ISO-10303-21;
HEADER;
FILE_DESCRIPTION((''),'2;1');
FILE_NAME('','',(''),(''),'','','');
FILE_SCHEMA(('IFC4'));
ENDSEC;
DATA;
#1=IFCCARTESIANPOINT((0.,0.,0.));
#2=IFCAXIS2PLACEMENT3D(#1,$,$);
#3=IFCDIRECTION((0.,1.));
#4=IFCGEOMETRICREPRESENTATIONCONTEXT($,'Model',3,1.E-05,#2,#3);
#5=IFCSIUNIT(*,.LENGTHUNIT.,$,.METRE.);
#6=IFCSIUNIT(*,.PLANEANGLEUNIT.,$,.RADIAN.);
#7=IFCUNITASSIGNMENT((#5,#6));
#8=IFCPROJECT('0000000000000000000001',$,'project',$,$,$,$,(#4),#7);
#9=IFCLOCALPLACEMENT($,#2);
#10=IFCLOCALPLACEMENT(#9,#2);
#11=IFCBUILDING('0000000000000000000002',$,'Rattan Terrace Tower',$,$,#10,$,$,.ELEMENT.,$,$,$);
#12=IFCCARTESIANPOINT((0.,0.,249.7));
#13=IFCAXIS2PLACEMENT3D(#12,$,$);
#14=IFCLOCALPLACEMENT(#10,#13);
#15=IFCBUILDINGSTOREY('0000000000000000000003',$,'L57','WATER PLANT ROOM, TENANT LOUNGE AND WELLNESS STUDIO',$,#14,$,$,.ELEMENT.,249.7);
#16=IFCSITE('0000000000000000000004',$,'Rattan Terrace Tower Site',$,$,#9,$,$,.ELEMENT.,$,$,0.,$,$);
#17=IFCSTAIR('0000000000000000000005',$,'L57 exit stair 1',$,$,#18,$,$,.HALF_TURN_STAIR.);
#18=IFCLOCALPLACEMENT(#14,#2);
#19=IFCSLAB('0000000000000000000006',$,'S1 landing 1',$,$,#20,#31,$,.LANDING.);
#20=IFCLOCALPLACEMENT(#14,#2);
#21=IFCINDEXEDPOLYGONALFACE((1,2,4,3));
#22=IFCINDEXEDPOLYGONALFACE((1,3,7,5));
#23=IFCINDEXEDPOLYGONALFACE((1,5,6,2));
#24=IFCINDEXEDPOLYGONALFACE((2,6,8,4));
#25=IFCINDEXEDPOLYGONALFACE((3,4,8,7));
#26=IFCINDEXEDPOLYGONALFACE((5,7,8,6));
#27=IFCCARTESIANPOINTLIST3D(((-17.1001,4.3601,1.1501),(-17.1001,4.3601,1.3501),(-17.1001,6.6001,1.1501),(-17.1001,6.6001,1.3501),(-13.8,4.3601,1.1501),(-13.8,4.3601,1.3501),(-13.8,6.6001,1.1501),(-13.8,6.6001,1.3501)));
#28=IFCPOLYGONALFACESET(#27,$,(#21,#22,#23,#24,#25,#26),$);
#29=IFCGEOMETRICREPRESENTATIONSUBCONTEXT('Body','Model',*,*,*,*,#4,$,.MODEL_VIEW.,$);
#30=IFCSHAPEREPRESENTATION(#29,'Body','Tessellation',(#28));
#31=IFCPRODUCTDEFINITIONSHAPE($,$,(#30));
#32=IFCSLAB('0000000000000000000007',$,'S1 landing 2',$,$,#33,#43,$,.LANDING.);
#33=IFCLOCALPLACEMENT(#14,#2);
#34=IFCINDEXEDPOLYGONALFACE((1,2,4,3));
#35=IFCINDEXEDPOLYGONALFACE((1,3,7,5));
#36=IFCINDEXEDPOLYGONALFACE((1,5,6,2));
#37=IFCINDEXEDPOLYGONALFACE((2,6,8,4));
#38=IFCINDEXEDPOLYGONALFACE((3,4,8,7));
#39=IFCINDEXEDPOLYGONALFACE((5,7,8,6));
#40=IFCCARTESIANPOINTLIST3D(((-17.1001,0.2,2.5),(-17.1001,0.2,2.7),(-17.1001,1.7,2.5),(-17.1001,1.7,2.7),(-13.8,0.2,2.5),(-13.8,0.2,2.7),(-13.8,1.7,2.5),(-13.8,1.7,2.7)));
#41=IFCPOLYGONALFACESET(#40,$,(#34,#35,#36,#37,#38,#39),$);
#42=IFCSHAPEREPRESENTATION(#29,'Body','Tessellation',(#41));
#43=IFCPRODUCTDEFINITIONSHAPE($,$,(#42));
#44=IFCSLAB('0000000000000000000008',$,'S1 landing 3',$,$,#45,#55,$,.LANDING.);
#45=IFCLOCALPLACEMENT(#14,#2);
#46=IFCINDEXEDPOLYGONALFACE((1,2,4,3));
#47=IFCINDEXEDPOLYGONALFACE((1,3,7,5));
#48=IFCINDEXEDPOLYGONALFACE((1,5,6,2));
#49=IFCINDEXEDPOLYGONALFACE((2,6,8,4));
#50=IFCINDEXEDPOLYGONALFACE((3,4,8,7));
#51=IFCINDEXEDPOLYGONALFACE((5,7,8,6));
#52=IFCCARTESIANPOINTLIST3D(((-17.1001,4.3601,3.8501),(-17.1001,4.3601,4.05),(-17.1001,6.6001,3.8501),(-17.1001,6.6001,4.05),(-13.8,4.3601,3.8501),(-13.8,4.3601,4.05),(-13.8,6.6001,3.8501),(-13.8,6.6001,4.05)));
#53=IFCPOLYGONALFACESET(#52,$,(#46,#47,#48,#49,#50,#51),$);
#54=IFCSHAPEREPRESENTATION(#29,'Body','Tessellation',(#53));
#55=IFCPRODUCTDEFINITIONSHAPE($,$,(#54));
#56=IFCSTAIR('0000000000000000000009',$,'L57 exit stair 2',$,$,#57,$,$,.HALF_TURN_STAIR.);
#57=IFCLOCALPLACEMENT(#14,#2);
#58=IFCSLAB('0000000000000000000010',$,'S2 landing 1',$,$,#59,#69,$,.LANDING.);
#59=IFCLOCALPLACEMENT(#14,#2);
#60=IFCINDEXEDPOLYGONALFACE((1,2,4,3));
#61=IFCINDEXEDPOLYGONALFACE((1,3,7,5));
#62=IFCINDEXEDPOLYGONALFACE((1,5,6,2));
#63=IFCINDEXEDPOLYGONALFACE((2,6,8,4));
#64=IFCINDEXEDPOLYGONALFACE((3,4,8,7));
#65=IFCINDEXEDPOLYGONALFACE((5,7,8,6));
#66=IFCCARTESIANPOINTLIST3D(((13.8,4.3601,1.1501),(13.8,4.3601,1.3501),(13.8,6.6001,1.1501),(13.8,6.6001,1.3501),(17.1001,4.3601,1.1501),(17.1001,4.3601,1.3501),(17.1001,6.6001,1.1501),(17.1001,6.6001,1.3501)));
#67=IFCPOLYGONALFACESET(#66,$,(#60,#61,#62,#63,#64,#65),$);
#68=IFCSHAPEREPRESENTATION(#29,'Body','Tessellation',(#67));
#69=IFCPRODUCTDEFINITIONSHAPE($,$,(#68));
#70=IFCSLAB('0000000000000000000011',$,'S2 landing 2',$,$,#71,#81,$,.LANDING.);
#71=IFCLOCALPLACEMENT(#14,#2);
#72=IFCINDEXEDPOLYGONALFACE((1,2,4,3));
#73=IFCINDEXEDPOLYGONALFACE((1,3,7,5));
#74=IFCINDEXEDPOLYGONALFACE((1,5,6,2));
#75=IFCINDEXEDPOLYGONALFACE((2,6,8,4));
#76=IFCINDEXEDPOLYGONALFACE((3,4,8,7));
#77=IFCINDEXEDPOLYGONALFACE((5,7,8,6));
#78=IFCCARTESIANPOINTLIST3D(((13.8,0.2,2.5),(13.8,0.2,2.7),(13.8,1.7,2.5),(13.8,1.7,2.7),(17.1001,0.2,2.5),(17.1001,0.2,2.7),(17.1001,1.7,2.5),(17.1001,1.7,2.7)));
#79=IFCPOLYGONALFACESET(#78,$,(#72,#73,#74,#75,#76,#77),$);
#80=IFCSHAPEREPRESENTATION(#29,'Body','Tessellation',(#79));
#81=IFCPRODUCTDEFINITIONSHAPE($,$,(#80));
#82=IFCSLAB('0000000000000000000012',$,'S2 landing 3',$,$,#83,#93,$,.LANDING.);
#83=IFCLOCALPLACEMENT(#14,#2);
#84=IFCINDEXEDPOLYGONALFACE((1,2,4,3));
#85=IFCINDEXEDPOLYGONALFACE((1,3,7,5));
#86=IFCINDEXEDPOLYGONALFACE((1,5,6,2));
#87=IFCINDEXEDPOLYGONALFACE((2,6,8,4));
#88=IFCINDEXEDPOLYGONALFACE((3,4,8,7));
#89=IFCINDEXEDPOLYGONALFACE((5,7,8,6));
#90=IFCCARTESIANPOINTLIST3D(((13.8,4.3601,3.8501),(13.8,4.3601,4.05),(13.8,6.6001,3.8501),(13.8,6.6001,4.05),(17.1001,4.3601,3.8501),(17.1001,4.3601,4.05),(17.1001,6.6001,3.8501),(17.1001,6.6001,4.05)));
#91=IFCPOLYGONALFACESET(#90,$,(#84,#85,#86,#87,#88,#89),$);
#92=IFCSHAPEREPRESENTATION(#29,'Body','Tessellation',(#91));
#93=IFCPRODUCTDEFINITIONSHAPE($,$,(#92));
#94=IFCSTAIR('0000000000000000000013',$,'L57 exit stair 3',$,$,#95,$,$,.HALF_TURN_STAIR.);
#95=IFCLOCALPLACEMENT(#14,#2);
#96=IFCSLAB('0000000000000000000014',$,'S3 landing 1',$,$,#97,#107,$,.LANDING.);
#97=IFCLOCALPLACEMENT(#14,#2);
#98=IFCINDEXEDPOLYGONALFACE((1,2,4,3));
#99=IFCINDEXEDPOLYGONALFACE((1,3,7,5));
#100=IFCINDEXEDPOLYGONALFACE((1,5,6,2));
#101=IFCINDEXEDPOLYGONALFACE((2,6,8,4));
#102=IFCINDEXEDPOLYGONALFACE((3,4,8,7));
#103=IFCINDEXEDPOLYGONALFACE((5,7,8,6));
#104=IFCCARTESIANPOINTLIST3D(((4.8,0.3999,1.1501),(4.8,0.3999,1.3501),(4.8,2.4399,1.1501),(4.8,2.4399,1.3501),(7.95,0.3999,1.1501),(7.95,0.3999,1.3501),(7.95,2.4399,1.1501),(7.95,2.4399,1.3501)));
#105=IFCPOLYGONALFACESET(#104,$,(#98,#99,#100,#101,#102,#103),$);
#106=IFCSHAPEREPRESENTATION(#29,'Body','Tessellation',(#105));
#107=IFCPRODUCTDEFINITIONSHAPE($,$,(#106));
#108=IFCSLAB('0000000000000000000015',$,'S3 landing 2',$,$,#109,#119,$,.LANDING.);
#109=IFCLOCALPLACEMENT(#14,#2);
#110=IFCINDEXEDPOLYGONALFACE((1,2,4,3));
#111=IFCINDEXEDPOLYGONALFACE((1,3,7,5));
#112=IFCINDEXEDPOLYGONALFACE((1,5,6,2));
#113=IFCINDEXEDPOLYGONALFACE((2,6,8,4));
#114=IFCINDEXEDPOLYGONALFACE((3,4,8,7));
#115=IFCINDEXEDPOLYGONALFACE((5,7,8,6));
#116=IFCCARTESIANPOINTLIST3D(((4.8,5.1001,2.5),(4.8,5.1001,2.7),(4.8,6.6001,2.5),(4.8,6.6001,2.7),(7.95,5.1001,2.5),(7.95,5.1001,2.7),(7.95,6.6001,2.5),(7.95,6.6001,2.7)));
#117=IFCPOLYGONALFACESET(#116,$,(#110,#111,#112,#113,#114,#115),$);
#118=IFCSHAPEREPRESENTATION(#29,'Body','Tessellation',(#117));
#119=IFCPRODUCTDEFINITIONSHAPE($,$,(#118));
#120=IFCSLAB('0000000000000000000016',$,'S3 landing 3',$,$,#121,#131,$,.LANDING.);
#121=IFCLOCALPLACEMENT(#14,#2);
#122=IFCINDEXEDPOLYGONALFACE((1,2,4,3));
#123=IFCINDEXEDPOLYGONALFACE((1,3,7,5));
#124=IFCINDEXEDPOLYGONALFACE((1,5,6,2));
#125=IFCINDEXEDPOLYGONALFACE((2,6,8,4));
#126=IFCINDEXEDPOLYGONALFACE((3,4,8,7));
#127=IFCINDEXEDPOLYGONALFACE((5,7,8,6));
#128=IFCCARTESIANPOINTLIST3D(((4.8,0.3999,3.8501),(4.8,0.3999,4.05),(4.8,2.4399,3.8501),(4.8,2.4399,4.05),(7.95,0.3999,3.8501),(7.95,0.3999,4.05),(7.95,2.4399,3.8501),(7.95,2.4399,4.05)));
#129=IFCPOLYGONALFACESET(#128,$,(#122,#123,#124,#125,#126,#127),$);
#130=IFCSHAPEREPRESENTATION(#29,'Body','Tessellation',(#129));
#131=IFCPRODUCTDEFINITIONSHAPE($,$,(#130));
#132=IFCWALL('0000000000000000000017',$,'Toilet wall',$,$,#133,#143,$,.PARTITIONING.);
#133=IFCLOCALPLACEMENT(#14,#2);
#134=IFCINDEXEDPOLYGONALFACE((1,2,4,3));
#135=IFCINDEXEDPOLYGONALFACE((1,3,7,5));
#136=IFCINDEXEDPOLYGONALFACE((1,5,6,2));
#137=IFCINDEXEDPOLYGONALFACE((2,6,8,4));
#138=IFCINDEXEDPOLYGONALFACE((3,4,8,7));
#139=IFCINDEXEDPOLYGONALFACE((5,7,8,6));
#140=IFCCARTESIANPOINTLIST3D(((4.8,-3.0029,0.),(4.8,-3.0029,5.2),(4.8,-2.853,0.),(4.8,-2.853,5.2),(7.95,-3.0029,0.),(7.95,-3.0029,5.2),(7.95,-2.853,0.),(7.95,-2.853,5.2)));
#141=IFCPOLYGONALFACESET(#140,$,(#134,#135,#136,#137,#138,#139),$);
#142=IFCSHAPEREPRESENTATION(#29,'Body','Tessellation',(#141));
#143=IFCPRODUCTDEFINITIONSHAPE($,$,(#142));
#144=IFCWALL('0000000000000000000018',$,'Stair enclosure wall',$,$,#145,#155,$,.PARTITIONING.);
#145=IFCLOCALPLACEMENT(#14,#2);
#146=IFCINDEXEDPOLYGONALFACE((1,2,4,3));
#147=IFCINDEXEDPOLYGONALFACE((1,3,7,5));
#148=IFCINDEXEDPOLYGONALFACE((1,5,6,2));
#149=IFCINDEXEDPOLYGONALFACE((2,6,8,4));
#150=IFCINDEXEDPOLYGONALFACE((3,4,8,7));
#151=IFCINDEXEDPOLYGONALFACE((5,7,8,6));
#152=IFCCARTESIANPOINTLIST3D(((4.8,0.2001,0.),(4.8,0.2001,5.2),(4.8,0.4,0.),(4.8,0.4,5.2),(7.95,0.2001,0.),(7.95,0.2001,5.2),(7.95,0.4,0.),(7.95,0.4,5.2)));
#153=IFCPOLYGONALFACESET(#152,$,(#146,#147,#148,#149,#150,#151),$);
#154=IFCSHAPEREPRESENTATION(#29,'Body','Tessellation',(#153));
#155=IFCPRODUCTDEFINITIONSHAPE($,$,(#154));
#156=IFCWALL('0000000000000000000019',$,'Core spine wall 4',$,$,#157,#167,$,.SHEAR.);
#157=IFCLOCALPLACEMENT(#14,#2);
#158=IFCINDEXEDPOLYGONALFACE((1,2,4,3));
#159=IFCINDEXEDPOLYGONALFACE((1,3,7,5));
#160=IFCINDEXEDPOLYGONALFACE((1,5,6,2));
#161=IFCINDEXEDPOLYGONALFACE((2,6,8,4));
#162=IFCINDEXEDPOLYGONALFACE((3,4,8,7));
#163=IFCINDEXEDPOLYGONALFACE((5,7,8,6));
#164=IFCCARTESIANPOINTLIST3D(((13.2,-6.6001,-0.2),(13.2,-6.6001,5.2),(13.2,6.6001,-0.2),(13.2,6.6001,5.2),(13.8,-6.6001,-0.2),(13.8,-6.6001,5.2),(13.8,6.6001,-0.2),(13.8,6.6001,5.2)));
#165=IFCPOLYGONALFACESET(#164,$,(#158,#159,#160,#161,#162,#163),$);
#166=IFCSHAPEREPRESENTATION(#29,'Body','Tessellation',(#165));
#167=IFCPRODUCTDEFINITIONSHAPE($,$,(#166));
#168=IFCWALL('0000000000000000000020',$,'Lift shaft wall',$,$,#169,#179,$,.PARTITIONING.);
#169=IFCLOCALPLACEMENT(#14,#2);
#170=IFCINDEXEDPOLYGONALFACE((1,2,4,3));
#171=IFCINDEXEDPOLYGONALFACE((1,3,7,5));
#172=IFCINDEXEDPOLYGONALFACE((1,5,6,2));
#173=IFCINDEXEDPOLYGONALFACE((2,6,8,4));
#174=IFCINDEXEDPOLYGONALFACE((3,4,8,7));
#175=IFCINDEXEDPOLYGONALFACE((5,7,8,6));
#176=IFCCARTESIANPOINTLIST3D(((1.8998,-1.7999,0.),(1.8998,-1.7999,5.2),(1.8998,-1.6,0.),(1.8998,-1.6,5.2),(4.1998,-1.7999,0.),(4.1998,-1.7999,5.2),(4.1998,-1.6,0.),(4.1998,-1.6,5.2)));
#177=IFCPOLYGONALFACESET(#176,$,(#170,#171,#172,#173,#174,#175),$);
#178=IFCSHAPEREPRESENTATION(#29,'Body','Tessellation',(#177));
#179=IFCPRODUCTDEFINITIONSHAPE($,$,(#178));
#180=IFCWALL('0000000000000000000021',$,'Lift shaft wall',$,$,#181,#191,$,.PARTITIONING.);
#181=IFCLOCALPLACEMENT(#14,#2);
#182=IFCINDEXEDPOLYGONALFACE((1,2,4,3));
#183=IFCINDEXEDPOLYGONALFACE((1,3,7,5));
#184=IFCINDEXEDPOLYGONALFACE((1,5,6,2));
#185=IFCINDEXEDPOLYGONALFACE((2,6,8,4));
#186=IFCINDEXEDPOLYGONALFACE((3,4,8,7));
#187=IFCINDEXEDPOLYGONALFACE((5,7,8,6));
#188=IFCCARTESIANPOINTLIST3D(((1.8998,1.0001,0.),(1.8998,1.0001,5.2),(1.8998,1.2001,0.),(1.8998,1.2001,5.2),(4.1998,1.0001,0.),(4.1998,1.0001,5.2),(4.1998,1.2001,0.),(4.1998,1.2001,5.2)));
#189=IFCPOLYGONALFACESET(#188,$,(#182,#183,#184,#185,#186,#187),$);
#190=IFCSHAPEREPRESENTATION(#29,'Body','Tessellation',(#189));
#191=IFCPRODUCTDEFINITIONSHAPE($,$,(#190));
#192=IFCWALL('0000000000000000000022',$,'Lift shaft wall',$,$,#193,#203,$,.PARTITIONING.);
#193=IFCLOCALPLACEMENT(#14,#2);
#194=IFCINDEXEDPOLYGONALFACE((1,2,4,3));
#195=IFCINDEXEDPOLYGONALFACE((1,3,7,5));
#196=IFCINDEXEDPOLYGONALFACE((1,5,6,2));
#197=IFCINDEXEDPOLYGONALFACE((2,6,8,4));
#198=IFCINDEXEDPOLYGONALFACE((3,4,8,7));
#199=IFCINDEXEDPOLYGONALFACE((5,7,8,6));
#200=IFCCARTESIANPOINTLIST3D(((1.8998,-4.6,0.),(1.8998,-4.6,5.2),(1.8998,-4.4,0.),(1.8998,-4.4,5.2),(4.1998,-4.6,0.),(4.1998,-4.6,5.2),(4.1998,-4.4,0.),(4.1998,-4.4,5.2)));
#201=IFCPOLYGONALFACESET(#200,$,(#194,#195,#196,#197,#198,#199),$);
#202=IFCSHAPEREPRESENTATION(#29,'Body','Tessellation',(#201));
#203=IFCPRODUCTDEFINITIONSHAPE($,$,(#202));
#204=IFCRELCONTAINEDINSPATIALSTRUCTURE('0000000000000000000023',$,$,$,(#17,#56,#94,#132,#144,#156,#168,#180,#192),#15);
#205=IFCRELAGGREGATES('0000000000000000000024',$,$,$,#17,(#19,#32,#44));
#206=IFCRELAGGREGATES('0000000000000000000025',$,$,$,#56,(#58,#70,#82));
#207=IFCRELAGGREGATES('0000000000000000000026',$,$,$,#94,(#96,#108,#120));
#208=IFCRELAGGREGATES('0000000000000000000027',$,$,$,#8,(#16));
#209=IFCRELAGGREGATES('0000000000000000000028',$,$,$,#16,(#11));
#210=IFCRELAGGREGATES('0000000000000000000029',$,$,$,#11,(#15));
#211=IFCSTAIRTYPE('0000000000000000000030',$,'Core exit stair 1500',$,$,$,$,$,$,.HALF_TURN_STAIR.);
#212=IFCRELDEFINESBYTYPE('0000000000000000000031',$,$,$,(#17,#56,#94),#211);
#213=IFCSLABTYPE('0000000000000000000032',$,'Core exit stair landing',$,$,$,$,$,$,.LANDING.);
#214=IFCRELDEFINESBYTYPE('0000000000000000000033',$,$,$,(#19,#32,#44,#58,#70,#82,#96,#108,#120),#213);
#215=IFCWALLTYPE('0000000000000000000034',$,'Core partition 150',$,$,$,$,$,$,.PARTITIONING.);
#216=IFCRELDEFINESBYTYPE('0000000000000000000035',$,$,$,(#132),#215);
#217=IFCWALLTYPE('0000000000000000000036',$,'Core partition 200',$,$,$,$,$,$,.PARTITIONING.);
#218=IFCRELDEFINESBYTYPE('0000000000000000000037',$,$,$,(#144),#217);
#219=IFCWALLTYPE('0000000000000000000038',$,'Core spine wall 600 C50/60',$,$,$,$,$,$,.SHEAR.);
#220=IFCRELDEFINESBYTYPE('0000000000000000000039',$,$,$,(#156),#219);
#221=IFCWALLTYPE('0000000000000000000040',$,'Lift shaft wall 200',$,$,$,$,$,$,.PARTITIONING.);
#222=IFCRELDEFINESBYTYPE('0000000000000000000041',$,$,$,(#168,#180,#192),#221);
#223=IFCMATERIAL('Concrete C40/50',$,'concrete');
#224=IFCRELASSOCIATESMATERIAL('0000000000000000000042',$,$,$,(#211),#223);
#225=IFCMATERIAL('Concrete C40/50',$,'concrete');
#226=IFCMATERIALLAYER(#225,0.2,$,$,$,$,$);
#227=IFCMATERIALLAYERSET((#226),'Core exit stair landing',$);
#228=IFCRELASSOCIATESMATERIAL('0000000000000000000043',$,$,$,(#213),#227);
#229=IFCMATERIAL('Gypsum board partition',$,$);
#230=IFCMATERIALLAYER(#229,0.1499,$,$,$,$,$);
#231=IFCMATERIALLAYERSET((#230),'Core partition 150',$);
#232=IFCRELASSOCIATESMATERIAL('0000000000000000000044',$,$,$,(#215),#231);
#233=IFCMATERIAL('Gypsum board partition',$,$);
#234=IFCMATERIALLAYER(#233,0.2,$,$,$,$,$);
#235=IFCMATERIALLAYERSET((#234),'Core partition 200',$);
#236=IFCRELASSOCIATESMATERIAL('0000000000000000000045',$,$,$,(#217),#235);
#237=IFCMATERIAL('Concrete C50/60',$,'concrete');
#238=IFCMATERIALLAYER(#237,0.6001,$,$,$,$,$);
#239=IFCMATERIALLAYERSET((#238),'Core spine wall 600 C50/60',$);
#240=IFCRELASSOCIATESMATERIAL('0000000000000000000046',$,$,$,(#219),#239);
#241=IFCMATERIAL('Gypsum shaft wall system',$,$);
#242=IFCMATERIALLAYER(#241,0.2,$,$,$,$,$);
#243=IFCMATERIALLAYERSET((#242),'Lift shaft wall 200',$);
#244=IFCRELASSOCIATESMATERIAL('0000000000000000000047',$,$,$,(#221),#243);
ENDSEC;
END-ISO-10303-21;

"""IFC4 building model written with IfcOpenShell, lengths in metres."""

from ifc_helpers import new_model, si_unit, direction, frame, frame_2d, origin, place, context, subcontext, project, spatial, polyline, rectangle, outline, extrude, material, layer, layer_set, type_object, element, aggregate, save


model = new_model("IFC4")

# Units and contexts
model_context = context("Model", 3, precision=1e-05, world=origin(), true_north=direction((0.0, 1.0)))
body_context = subcontext(model_context, "Body", "Model", "MODEL_VIEW")
ifc_project = project(units=[si_unit("LENGTHUNIT", "METRE"), si_unit("PLANEANGLEUNIT", "RADIAN")], contexts=[model_context])

# Site, building, storey
site_placement = place(None, origin())
site = spatial("IfcSite", under=ifc_project, at=site_placement, Name="Rattan Terrace Tower Site", CompositionType="ELEMENT", RefElevation=0.0)
building_placement = place(site_placement, origin())
building = spatial("IfcBuilding", under=site, at=building_placement, Name="Rattan Terrace Tower", CompositionType="ELEMENT")
storey_placement = place(building_placement, frame((0.0, 0.0, 249.7)))
storey = spatial("IfcBuildingStorey", under=building, at=storey_placement, Name="L57", Description="WATER PLANT ROOM, TENANT LOUNGE AND WELLNESS STUDIO", CompositionType="ELEMENT", Elevation=249.7)

# Stairs, slabs
ifc_material_1 = material(Name="Concrete C40/50", Category="concrete")
stair_type = type_object("IfcStairType", Name="Core exit stair 1500", PredefinedType="HALF_TURN_STAIR", material=ifc_material_1)
stair_1_placement = place(storey_placement, origin())
stair_1 = element("IfcStair", 1, at=stair_1_placement, inside=storey, type_object=stair_type, Name="L57 exit stair 1", PredefinedType="HALF_TURN_STAIR")
ifc_material_2 = material(Name="Concrete C40/50", Category="concrete")
ifc_layer_1 = layer(ifc_material_2, 0.2)
ifc_layer_set_1 = layer_set([ifc_layer_1], Name="Core exit stair landing")
slab_type = type_object("IfcSlabType", Name="Core exit stair landing", PredefinedType="LANDING", material=ifc_layer_set_1)
slab_1_placement = place(storey_placement, frame((0.0, 0.0, 1.1501)))
slab_1 = element("IfcSlab", 2, at=slab_1_placement, type_object=slab_type, Name="S1 landing 1", PredefinedType="LANDING", context=body_context, shape_type="SweptSolid", body=[
    extrude(outline(polyline([(-13.8, 4.3601), (-13.8, 6.6001), (-17.1001, 6.6001), (-17.1001, 4.3601), (-13.8, 4.3601)])), origin(), (0.0, 0.0, 1.0), 0.2),
])
slab_2_placement = place(storey_placement, frame((0.0, 0.0, 2.5)))
slab_2 = element("IfcSlab", 3, at=slab_2_placement, type_object=slab_type, Name="S1 landing 2", PredefinedType="LANDING", context=body_context, shape_type="SweptSolid", body=[
    extrude(outline(polyline([(-13.8, 0.2), (-13.8, 1.7), (-17.1001, 1.7), (-17.1001, 0.2), (-13.8, 0.2)])), origin(), (0.0, 0.0, 1.0), 0.2),
])
slab_3_placement = place(storey_placement, frame((0.0, 0.0, 3.8501)))
slab_3 = element("IfcSlab", 4, at=slab_3_placement, type_object=slab_type, Name="S1 landing 3", PredefinedType="LANDING", context=body_context, shape_type="SweptSolid", body=[
    extrude(outline(polyline([(-13.8, 4.3601), (-13.8, 6.6001), (-17.1001, 6.6001), (-17.1001, 4.3601), (-13.8, 4.3601)])), origin(), (0.0, 0.0, 1.0), 0.2),
])
aggregate(stair_1, [slab_1, slab_2, slab_3])
stair_2_placement = place(storey_placement, origin())
stair_2 = element("IfcStair", 5, at=stair_2_placement, inside=storey, type_object=stair_type, Name="L57 exit stair 2", PredefinedType="HALF_TURN_STAIR")
slab_4_placement = place(storey_placement, frame((0.0, 0.0, 1.1501)))
slab_4 = element("IfcSlab", 6, at=slab_4_placement, type_object=slab_type, Name="S2 landing 1", PredefinedType="LANDING", context=body_context, shape_type="SweptSolid", body=[
    extrude(outline(polyline([(17.1001, 4.3601), (17.1001, 6.6001), (13.8, 6.6001), (13.8, 4.3601), (17.1001, 4.3601)])), origin(), (0.0, 0.0, 1.0), 0.2),
])
slab_5_placement = place(storey_placement, frame((0.0, 0.0, 2.5)))
slab_5 = element("IfcSlab", 7, at=slab_5_placement, type_object=slab_type, Name="S2 landing 2", PredefinedType="LANDING", context=body_context, shape_type="SweptSolid", body=[
    extrude(outline(polyline([(17.1001, 0.2), (17.1001, 1.7), (13.8, 1.7), (13.8, 0.2), (17.1001, 0.2)])), origin(), (0.0, 0.0, 1.0), 0.2),
])
slab_6_placement = place(storey_placement, frame((0.0, 0.0, 3.8501)))
slab_6 = element("IfcSlab", 8, at=slab_6_placement, type_object=slab_type, Name="S2 landing 3", PredefinedType="LANDING", context=body_context, shape_type="SweptSolid", body=[
    extrude(outline(polyline([(17.1001, 4.3601), (17.1001, 6.6001), (13.8, 6.6001), (13.8, 4.3601), (17.1001, 4.3601)])), origin(), (0.0, 0.0, 1.0), 0.2),
])
aggregate(stair_2, [slab_4, slab_5, slab_6])
stair_3_placement = place(storey_placement, origin())
stair_3 = element("IfcStair", 9, at=stair_3_placement, inside=storey, type_object=stair_type, Name="L57 exit stair 3", PredefinedType="HALF_TURN_STAIR")
slab_7_placement = place(storey_placement, frame((0.0, 0.0, 1.1501)))
slab_7 = element("IfcSlab", 10, at=slab_7_placement, type_object=slab_type, Name="S3 landing 1", PredefinedType="LANDING", context=body_context, shape_type="SweptSolid", body=[
    extrude(outline(polyline([(4.8, 2.4399), (4.8, 0.3999), (7.95, 0.3999), (7.95, 2.4399), (4.8, 2.4399)])), origin(), (0.0, 0.0, 1.0), 0.2),
])
slab_8_placement = place(storey_placement, frame((0.0, 0.0, 2.5)))
slab_8 = element("IfcSlab", 11, at=slab_8_placement, type_object=slab_type, Name="S3 landing 2", PredefinedType="LANDING", context=body_context, shape_type="SweptSolid", body=[
    extrude(outline(polyline([(4.8, 6.6001), (4.8, 5.1001), (7.95, 5.1001), (7.95, 6.6001), (4.8, 6.6001)])), origin(), (0.0, 0.0, 1.0), 0.2),
])
slab_9_placement = place(storey_placement, frame((0.0, 0.0, 3.8501)))
slab_9 = element("IfcSlab", 12, at=slab_9_placement, type_object=slab_type, Name="S3 landing 3", PredefinedType="LANDING", context=body_context, shape_type="SweptSolid", body=[
    extrude(outline(polyline([(4.8, 2.4399), (4.8, 0.3999), (7.95, 0.3999), (7.95, 2.4399), (4.8, 2.4399)])), origin(), (0.0, 0.0, 1.0), 0.2),
])
aggregate(stair_3, [slab_7, slab_8, slab_9])

# Walls
ifc_material_3 = material(Name="Gypsum board partition")
ifc_layer_2 = layer(ifc_material_3, 0.1499)
ifc_layer_set_2 = layer_set([ifc_layer_2], Name="Core partition 150")
wall_type_1 = type_object("IfcWallType", Name="Core partition 150", PredefinedType="PARTITIONING", material=ifc_layer_set_2)
wall_1_placement = place(storey_placement, frame((4.8, -2.928, 0.0), z_axis=(0.0, 0.0, 1.0), x_axis=(1.0, 0.0, 0.0)))
element("IfcWall", 13, at=wall_1_placement, inside=storey, type_object=wall_type_1, Name="Toilet wall", PredefinedType="PARTITIONING", context=body_context, shape_type="SweptSolid", body=[
    extrude(rectangle(XDim=3.1499, YDim=0.1499, at=frame_2d((1.575, 0.0))), origin(), (0.0, 0.0, 1.0), 5.2),
])
ifc_material_4 = material(Name="Gypsum board partition")
ifc_layer_3 = layer(ifc_material_4, 0.2)
ifc_layer_set_3 = layer_set([ifc_layer_3], Name="Core partition 200")
wall_type_2 = type_object("IfcWallType", Name="Core partition 200", PredefinedType="PARTITIONING", material=ifc_layer_set_3)
wall_2_placement = place(storey_placement, frame((4.8, 0.3, 0.0), z_axis=(0.0, 0.0, 1.0), x_axis=(1.0, 0.0, 0.0)))
element("IfcWall", 14, at=wall_2_placement, inside=storey, type_object=wall_type_2, Name="Stair enclosure wall", PredefinedType="PARTITIONING", context=body_context, shape_type="SweptSolid", body=[
    extrude(rectangle(XDim=3.1499, YDim=0.2, at=frame_2d((1.575, 0.0))), origin(), (0.0, 0.0, 1.0), 5.2),
])
ifc_material_5 = material(Name="Concrete C50/60", Category="concrete")
ifc_layer_4 = layer(ifc_material_5, 0.6001)
ifc_layer_set_4 = layer_set([ifc_layer_4], Name="Core spine wall 600 C50/60")
wall_type_3 = type_object("IfcWallType", Name="Core spine wall 600 C50/60", PredefinedType="SHEAR", material=ifc_layer_set_4)
wall_3_placement = place(storey_placement, frame((13.5, -6.6001, -0.2), z_axis=(0.0, 0.0, 1.0), x_axis=(0.0, 1.0, 0.0)))
element("IfcWall", 15, at=wall_3_placement, inside=storey, type_object=wall_type_3, Name="Core spine wall 4", PredefinedType="SHEAR", context=body_context, shape_type="SweptSolid", body=[
    extrude(rectangle(XDim=13.2002, YDim=0.6001, at=frame_2d((6.6001, 0.0))), origin(), (0.0, 0.0, 1.0), 5.3999),
])
ifc_material_6 = material(Name="Gypsum shaft wall system")
ifc_layer_5 = layer(ifc_material_6, 0.2)
ifc_layer_set_5 = layer_set([ifc_layer_5], Name="Lift shaft wall 200")
wall_type_4 = type_object("IfcWallType", Name="Lift shaft wall 200", PredefinedType="PARTITIONING", material=ifc_layer_set_5)
for number, where, z_axis, x_axis, name in (
    (16, (1.8999, -1.7, 0.0), (0.0, 0.0, 1.0), (1.0, 0.0, 0.0), "Lift shaft wall"),
    (17, (1.8999, 1.1001, 0.0), (0.0, 0.0, 1.0), (1.0, 0.0, 0.0), "Lift shaft wall"),
    (18, (1.8999, -4.5, 0.0), (0.0, 0.0, 1.0), (1.0, 0.0, 0.0), "Lift shaft wall"),
):
    element("IfcWall", number, at=place(storey_placement, frame(where, z_axis=z_axis, x_axis=x_axis)), inside=storey, type_object=wall_type_4, Name=name, PredefinedType="PARTITIONING", context=body_context, shape_type="SweptSolid", body=[
        extrude(rectangle(XDim=2.3, YDim=0.2, at=frame_2d((1.1499, 0.0))), origin(), (0.0, 0.0, 1.0), 5.2),
    ])

save(model, "model.ifc")
